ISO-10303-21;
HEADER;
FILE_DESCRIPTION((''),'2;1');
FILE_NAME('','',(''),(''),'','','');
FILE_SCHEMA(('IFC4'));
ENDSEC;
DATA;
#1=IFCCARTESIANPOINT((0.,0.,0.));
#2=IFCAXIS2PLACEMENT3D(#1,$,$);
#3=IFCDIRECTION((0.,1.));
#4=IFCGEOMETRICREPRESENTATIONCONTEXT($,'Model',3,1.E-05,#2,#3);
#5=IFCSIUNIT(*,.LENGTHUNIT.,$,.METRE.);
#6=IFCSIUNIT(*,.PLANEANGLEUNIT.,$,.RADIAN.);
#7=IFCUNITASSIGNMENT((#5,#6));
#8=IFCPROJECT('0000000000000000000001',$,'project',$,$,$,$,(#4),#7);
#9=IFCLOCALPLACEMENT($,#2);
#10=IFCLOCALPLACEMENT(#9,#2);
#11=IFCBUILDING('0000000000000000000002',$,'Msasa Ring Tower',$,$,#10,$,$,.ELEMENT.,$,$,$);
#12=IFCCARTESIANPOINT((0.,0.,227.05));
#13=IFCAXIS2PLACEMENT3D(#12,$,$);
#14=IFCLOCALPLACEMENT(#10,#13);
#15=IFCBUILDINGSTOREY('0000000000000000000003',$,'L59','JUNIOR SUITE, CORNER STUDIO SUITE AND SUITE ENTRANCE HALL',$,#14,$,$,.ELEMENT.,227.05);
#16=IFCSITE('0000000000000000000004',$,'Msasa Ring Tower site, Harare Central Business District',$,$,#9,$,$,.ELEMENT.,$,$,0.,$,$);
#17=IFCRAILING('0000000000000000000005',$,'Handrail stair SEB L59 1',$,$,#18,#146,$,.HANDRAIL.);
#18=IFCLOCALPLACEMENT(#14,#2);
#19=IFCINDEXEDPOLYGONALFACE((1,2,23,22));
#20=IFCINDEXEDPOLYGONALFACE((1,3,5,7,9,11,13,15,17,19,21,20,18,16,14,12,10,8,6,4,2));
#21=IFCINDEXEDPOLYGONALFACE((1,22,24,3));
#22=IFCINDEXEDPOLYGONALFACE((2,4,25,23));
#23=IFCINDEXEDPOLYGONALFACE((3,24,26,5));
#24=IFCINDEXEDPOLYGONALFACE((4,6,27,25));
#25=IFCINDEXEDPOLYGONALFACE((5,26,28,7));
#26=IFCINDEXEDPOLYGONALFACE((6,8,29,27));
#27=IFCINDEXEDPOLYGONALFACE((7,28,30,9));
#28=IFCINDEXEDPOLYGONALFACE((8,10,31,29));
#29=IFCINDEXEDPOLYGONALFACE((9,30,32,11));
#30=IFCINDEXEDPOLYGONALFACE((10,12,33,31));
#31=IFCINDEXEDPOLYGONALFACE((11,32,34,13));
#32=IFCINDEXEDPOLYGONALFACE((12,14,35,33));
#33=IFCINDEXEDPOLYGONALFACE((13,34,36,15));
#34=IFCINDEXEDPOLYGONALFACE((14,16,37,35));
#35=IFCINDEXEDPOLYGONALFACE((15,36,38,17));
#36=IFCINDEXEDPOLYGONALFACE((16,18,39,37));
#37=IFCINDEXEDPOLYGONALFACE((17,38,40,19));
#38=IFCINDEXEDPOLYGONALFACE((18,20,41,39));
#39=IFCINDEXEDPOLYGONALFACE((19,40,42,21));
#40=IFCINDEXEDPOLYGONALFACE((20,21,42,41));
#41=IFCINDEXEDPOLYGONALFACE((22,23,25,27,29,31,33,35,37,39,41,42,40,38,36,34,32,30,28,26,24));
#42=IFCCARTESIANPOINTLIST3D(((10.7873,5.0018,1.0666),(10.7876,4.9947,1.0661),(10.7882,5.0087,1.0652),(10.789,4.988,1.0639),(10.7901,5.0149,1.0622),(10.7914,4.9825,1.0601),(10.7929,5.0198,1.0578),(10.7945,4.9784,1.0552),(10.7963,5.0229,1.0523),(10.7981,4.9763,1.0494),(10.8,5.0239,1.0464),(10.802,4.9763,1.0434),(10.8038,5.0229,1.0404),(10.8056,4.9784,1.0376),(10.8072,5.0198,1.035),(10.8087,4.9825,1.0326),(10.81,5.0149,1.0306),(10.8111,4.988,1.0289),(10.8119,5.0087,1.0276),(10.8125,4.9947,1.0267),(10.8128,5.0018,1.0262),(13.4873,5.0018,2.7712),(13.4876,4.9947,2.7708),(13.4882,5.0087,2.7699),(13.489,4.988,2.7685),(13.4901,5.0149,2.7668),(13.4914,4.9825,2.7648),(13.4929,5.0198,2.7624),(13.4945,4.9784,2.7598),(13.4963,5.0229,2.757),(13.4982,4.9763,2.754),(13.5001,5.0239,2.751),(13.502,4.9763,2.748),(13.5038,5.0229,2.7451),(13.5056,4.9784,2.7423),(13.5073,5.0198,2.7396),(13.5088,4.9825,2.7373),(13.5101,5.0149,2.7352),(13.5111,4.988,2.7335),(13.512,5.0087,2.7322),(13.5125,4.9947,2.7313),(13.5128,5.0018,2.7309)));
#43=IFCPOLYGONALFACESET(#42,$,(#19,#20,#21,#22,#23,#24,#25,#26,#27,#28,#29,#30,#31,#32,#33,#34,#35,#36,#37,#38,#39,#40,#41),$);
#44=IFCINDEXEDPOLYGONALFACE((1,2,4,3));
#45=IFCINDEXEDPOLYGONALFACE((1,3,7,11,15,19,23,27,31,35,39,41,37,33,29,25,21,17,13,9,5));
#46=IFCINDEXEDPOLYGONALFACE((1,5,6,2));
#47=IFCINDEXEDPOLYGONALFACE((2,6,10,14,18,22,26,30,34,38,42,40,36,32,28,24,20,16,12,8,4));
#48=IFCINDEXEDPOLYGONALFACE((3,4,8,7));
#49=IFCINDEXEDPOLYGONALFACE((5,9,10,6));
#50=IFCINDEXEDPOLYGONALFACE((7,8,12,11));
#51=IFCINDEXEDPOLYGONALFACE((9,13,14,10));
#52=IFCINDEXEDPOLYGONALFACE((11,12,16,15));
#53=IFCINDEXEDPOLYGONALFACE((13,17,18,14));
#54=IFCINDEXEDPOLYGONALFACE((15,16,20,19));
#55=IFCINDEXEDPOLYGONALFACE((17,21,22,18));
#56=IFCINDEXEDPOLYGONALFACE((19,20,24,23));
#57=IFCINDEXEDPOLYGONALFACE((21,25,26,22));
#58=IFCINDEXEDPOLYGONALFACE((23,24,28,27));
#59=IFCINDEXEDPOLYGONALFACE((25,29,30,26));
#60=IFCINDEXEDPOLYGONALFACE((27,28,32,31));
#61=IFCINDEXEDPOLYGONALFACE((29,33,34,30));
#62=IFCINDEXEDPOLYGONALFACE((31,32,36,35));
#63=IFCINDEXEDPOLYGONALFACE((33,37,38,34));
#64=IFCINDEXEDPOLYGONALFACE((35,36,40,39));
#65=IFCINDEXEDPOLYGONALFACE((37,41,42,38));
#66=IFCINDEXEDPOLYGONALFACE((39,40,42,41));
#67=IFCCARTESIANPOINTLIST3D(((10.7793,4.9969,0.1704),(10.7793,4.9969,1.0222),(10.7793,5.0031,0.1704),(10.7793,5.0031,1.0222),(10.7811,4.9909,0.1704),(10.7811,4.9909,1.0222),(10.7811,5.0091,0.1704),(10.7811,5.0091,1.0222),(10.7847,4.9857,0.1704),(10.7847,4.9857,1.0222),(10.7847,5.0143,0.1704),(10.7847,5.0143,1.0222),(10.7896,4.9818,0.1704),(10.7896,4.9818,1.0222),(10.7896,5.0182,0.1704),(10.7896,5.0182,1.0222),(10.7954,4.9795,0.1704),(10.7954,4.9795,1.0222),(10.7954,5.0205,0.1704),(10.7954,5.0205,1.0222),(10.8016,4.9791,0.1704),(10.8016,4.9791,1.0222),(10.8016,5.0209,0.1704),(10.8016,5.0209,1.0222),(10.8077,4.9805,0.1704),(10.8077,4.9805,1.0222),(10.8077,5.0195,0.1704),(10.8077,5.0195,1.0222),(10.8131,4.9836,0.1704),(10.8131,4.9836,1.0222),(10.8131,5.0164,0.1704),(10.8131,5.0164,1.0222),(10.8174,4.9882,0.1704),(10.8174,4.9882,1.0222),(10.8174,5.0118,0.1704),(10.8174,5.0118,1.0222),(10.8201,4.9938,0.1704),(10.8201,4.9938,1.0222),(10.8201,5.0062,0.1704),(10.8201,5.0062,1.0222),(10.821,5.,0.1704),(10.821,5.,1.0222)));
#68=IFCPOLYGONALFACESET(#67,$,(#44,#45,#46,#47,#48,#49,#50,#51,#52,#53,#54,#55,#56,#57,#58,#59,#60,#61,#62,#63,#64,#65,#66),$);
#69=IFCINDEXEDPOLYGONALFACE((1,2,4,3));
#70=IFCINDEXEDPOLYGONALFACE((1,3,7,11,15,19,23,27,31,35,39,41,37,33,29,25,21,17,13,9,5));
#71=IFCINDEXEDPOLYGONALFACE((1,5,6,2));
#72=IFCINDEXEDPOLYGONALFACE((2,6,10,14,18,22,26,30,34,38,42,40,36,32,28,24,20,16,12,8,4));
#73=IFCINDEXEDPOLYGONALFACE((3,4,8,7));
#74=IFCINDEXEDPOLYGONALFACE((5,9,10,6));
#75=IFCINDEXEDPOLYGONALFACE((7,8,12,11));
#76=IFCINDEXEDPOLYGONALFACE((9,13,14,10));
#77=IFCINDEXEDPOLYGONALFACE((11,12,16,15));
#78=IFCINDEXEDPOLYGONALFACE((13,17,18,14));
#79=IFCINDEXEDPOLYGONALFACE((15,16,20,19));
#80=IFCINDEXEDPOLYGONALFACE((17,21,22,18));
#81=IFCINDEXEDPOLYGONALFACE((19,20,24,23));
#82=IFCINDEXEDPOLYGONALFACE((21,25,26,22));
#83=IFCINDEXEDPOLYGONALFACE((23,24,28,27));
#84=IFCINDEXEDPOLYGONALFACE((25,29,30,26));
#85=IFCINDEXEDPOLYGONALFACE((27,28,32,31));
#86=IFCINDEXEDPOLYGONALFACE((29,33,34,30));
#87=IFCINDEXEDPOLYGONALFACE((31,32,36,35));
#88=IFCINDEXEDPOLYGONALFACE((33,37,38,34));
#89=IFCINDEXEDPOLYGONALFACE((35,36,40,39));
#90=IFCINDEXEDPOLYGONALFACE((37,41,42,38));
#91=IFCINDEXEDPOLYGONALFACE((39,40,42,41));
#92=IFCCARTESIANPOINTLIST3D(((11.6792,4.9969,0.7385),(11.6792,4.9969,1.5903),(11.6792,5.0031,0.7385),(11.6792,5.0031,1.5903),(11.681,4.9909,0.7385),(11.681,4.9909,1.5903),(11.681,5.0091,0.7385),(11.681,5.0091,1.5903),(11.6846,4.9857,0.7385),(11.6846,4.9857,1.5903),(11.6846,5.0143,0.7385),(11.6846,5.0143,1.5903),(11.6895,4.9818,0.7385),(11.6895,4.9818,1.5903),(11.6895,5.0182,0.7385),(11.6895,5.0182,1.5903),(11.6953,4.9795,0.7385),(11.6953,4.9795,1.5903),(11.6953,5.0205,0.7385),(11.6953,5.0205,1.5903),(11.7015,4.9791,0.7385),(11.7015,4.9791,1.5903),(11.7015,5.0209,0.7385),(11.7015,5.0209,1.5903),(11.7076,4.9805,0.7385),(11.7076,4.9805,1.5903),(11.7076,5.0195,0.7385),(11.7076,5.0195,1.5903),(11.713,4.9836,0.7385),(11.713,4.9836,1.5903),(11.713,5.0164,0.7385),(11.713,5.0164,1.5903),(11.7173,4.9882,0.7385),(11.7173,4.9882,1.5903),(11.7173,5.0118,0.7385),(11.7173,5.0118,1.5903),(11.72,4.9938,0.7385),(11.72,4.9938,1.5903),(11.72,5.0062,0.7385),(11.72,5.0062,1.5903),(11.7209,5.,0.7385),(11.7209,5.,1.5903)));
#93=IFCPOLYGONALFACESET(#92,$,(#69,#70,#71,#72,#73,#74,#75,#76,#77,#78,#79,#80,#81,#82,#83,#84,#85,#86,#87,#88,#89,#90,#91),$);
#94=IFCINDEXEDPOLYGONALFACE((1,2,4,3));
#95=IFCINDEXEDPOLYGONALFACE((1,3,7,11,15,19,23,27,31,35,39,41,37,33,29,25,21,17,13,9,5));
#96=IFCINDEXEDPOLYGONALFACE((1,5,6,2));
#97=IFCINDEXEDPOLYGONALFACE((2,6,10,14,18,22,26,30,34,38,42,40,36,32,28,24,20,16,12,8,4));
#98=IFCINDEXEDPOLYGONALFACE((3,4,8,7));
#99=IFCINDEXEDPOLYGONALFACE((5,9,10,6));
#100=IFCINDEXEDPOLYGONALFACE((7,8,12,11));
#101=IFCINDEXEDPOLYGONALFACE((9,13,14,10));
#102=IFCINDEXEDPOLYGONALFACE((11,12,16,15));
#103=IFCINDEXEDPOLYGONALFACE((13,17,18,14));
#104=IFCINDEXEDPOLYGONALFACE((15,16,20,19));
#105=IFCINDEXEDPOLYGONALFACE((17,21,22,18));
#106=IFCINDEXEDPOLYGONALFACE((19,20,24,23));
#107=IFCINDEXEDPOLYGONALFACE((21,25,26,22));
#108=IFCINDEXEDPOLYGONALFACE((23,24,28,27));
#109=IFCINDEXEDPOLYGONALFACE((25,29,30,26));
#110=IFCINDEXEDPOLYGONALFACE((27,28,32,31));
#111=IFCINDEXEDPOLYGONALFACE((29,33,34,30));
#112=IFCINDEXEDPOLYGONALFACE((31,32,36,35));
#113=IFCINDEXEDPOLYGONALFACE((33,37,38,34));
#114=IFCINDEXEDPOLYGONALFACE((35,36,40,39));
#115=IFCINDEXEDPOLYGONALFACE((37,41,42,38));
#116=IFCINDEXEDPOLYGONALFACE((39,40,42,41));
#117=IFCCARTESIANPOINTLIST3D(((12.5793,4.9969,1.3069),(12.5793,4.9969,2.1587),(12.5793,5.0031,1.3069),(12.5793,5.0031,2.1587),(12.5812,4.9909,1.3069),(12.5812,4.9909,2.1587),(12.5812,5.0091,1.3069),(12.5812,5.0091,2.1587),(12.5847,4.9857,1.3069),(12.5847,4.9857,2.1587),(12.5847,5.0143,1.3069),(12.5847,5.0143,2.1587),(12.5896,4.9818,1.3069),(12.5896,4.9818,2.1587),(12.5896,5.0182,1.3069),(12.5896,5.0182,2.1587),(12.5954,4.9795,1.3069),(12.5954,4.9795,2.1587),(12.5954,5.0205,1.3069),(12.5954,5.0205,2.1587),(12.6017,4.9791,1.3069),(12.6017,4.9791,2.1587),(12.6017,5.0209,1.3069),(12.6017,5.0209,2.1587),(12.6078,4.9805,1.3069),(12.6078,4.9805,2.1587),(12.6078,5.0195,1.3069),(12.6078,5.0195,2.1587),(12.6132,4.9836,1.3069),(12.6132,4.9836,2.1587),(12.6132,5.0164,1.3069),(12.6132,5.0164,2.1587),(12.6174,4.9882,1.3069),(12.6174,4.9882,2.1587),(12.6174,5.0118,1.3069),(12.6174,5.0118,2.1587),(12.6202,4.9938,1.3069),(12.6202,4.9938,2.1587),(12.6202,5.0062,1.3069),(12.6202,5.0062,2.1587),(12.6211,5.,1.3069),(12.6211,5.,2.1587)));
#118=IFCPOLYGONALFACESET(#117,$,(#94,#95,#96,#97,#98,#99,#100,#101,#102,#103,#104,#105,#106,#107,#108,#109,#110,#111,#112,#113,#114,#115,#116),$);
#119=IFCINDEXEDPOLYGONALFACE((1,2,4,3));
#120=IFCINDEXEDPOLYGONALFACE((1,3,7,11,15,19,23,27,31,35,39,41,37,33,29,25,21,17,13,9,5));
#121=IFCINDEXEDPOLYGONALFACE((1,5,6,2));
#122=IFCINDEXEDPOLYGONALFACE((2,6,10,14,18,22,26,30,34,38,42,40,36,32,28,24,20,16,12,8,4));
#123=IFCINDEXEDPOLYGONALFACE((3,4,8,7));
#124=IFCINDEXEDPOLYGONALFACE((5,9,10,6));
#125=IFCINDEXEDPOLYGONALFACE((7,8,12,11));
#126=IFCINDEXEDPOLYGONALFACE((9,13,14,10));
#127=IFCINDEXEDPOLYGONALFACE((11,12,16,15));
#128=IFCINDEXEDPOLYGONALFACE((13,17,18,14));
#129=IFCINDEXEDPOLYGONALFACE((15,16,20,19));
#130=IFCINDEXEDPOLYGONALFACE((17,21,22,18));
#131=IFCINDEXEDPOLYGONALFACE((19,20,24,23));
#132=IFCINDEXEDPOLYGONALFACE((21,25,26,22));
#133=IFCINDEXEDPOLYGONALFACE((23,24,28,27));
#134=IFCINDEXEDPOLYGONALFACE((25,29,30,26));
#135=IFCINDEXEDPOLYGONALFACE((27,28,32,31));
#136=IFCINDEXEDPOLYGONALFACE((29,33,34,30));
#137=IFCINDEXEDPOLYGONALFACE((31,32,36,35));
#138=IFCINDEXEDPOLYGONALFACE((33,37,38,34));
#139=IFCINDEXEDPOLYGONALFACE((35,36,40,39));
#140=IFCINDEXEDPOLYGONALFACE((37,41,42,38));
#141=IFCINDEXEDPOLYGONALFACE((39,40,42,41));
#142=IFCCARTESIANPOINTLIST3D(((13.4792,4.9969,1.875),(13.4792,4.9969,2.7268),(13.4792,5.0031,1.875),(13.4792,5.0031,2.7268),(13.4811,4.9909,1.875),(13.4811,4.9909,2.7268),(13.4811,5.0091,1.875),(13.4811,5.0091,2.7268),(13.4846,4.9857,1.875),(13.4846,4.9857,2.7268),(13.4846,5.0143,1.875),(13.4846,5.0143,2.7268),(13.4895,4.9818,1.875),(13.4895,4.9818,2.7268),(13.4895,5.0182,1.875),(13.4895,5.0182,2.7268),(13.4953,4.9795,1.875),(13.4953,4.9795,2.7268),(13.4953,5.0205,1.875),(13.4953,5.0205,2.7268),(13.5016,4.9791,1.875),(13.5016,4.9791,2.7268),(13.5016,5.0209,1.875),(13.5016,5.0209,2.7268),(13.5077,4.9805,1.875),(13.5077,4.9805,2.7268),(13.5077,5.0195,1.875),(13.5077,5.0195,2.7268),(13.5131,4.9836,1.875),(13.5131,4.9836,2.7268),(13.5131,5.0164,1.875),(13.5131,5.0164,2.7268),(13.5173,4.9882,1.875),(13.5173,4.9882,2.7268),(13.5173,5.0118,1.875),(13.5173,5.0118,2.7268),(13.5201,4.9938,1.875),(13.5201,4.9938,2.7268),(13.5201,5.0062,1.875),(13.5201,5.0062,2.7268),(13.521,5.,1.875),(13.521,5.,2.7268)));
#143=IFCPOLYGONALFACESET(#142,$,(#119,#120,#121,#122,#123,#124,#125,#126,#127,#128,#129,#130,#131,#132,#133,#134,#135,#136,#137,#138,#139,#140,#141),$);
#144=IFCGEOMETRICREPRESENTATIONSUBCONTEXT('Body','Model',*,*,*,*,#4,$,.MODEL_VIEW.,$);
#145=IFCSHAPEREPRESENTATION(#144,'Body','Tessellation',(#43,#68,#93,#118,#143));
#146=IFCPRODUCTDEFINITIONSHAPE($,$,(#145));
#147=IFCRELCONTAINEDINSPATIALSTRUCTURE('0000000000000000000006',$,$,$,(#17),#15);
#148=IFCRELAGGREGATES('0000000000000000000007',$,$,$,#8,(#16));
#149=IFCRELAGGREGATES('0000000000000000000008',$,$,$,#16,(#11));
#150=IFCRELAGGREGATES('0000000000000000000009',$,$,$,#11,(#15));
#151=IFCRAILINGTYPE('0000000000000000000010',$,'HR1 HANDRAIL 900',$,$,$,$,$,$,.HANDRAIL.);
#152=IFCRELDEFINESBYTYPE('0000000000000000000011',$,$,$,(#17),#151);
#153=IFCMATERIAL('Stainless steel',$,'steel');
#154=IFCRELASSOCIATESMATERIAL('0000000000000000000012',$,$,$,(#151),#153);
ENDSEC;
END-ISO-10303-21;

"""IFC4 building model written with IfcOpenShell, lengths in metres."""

from ifc_helpers import new_model, si_unit, direction, frame, origin, origin_2d, place, context, subcontext, project, spatial, circle, extrude, material, type_object, element, save


model = new_model("IFC4")

# Units and contexts
model_context = context("Model", 3, precision=1e-05, world=origin(), true_north=direction((0.0, 1.0)))
body_context = subcontext(model_context, "Body", "Model", "MODEL_VIEW")
ifc_project = project(units=[si_unit("LENGTHUNIT", "METRE"), si_unit("PLANEANGLEUNIT", "RADIAN")], contexts=[model_context])

# Site, building, storey
site_placement = place(None, origin())
site = spatial("IfcSite", under=ifc_project, at=site_placement, Name="Msasa Ring Tower site, Harare Central Business District", CompositionType="ELEMENT", RefElevation=0.0)
building_placement = place(site_placement, origin())
building = spatial("IfcBuilding", under=site, at=building_placement, Name="Msasa Ring Tower", CompositionType="ELEMENT")
storey_placement = place(building_placement, frame((0.0, 0.0, 227.05)))
storey = spatial("IfcBuildingStorey", under=building, at=storey_placement, Name="L59", Description="JUNIOR SUITE, CORNER STUDIO SUITE AND SUITE ENTRANCE HALL", CompositionType="ELEMENT", Elevation=227.05)

# Railing
ifc_material_1 = material(Name="Stainless steel", Category="steel")
railing_type = type_object("IfcRailingType", Name="HR1 HANDRAIL 900", PredefinedType="HANDRAIL", material=ifc_material_1)
for number, where, name in (
    (1, (10.8, 5.0, 0.1704), "Handrail stair SEB L59 1"),
):
    element("IfcRailing", number, at=place(storey_placement, frame(where)), inside=storey, type_object=railing_type, Name=name, PredefinedType="HANDRAIL", context=body_context, shape_type="SweptSolid", body=[
        extrude(circle(Radius=0.0239, at=origin_2d()), frame((0.0, 0.0, 0.876), z_axis=(0.84558, 0.0, 0.533849), x_axis=(0.0, 1.0, 0.0)), (0.0, 0.0, 1.0), 3.1931),
        extrude(circle(Radius=0.021, at=origin_2d()), origin(), (0.0, 0.0, 1.0), 0.8518),
        extrude(circle(Radius=0.021, at=origin_2d()), frame((0.8999, 0.0, 0.5681)), (0.0, 0.0, 1.0), 0.8518),
        extrude(circle(Radius=0.021, at=origin_2d()), frame((1.8, 0.0, 1.1365)), (0.0, 0.0, 1.0), 0.8518),
        extrude(circle(Radius=0.021, at=origin_2d()), frame((2.7, 0.0, 1.7046)), (0.0, 0.0, 1.0), 0.8518),
    ])

save(model, "model.ifc")
